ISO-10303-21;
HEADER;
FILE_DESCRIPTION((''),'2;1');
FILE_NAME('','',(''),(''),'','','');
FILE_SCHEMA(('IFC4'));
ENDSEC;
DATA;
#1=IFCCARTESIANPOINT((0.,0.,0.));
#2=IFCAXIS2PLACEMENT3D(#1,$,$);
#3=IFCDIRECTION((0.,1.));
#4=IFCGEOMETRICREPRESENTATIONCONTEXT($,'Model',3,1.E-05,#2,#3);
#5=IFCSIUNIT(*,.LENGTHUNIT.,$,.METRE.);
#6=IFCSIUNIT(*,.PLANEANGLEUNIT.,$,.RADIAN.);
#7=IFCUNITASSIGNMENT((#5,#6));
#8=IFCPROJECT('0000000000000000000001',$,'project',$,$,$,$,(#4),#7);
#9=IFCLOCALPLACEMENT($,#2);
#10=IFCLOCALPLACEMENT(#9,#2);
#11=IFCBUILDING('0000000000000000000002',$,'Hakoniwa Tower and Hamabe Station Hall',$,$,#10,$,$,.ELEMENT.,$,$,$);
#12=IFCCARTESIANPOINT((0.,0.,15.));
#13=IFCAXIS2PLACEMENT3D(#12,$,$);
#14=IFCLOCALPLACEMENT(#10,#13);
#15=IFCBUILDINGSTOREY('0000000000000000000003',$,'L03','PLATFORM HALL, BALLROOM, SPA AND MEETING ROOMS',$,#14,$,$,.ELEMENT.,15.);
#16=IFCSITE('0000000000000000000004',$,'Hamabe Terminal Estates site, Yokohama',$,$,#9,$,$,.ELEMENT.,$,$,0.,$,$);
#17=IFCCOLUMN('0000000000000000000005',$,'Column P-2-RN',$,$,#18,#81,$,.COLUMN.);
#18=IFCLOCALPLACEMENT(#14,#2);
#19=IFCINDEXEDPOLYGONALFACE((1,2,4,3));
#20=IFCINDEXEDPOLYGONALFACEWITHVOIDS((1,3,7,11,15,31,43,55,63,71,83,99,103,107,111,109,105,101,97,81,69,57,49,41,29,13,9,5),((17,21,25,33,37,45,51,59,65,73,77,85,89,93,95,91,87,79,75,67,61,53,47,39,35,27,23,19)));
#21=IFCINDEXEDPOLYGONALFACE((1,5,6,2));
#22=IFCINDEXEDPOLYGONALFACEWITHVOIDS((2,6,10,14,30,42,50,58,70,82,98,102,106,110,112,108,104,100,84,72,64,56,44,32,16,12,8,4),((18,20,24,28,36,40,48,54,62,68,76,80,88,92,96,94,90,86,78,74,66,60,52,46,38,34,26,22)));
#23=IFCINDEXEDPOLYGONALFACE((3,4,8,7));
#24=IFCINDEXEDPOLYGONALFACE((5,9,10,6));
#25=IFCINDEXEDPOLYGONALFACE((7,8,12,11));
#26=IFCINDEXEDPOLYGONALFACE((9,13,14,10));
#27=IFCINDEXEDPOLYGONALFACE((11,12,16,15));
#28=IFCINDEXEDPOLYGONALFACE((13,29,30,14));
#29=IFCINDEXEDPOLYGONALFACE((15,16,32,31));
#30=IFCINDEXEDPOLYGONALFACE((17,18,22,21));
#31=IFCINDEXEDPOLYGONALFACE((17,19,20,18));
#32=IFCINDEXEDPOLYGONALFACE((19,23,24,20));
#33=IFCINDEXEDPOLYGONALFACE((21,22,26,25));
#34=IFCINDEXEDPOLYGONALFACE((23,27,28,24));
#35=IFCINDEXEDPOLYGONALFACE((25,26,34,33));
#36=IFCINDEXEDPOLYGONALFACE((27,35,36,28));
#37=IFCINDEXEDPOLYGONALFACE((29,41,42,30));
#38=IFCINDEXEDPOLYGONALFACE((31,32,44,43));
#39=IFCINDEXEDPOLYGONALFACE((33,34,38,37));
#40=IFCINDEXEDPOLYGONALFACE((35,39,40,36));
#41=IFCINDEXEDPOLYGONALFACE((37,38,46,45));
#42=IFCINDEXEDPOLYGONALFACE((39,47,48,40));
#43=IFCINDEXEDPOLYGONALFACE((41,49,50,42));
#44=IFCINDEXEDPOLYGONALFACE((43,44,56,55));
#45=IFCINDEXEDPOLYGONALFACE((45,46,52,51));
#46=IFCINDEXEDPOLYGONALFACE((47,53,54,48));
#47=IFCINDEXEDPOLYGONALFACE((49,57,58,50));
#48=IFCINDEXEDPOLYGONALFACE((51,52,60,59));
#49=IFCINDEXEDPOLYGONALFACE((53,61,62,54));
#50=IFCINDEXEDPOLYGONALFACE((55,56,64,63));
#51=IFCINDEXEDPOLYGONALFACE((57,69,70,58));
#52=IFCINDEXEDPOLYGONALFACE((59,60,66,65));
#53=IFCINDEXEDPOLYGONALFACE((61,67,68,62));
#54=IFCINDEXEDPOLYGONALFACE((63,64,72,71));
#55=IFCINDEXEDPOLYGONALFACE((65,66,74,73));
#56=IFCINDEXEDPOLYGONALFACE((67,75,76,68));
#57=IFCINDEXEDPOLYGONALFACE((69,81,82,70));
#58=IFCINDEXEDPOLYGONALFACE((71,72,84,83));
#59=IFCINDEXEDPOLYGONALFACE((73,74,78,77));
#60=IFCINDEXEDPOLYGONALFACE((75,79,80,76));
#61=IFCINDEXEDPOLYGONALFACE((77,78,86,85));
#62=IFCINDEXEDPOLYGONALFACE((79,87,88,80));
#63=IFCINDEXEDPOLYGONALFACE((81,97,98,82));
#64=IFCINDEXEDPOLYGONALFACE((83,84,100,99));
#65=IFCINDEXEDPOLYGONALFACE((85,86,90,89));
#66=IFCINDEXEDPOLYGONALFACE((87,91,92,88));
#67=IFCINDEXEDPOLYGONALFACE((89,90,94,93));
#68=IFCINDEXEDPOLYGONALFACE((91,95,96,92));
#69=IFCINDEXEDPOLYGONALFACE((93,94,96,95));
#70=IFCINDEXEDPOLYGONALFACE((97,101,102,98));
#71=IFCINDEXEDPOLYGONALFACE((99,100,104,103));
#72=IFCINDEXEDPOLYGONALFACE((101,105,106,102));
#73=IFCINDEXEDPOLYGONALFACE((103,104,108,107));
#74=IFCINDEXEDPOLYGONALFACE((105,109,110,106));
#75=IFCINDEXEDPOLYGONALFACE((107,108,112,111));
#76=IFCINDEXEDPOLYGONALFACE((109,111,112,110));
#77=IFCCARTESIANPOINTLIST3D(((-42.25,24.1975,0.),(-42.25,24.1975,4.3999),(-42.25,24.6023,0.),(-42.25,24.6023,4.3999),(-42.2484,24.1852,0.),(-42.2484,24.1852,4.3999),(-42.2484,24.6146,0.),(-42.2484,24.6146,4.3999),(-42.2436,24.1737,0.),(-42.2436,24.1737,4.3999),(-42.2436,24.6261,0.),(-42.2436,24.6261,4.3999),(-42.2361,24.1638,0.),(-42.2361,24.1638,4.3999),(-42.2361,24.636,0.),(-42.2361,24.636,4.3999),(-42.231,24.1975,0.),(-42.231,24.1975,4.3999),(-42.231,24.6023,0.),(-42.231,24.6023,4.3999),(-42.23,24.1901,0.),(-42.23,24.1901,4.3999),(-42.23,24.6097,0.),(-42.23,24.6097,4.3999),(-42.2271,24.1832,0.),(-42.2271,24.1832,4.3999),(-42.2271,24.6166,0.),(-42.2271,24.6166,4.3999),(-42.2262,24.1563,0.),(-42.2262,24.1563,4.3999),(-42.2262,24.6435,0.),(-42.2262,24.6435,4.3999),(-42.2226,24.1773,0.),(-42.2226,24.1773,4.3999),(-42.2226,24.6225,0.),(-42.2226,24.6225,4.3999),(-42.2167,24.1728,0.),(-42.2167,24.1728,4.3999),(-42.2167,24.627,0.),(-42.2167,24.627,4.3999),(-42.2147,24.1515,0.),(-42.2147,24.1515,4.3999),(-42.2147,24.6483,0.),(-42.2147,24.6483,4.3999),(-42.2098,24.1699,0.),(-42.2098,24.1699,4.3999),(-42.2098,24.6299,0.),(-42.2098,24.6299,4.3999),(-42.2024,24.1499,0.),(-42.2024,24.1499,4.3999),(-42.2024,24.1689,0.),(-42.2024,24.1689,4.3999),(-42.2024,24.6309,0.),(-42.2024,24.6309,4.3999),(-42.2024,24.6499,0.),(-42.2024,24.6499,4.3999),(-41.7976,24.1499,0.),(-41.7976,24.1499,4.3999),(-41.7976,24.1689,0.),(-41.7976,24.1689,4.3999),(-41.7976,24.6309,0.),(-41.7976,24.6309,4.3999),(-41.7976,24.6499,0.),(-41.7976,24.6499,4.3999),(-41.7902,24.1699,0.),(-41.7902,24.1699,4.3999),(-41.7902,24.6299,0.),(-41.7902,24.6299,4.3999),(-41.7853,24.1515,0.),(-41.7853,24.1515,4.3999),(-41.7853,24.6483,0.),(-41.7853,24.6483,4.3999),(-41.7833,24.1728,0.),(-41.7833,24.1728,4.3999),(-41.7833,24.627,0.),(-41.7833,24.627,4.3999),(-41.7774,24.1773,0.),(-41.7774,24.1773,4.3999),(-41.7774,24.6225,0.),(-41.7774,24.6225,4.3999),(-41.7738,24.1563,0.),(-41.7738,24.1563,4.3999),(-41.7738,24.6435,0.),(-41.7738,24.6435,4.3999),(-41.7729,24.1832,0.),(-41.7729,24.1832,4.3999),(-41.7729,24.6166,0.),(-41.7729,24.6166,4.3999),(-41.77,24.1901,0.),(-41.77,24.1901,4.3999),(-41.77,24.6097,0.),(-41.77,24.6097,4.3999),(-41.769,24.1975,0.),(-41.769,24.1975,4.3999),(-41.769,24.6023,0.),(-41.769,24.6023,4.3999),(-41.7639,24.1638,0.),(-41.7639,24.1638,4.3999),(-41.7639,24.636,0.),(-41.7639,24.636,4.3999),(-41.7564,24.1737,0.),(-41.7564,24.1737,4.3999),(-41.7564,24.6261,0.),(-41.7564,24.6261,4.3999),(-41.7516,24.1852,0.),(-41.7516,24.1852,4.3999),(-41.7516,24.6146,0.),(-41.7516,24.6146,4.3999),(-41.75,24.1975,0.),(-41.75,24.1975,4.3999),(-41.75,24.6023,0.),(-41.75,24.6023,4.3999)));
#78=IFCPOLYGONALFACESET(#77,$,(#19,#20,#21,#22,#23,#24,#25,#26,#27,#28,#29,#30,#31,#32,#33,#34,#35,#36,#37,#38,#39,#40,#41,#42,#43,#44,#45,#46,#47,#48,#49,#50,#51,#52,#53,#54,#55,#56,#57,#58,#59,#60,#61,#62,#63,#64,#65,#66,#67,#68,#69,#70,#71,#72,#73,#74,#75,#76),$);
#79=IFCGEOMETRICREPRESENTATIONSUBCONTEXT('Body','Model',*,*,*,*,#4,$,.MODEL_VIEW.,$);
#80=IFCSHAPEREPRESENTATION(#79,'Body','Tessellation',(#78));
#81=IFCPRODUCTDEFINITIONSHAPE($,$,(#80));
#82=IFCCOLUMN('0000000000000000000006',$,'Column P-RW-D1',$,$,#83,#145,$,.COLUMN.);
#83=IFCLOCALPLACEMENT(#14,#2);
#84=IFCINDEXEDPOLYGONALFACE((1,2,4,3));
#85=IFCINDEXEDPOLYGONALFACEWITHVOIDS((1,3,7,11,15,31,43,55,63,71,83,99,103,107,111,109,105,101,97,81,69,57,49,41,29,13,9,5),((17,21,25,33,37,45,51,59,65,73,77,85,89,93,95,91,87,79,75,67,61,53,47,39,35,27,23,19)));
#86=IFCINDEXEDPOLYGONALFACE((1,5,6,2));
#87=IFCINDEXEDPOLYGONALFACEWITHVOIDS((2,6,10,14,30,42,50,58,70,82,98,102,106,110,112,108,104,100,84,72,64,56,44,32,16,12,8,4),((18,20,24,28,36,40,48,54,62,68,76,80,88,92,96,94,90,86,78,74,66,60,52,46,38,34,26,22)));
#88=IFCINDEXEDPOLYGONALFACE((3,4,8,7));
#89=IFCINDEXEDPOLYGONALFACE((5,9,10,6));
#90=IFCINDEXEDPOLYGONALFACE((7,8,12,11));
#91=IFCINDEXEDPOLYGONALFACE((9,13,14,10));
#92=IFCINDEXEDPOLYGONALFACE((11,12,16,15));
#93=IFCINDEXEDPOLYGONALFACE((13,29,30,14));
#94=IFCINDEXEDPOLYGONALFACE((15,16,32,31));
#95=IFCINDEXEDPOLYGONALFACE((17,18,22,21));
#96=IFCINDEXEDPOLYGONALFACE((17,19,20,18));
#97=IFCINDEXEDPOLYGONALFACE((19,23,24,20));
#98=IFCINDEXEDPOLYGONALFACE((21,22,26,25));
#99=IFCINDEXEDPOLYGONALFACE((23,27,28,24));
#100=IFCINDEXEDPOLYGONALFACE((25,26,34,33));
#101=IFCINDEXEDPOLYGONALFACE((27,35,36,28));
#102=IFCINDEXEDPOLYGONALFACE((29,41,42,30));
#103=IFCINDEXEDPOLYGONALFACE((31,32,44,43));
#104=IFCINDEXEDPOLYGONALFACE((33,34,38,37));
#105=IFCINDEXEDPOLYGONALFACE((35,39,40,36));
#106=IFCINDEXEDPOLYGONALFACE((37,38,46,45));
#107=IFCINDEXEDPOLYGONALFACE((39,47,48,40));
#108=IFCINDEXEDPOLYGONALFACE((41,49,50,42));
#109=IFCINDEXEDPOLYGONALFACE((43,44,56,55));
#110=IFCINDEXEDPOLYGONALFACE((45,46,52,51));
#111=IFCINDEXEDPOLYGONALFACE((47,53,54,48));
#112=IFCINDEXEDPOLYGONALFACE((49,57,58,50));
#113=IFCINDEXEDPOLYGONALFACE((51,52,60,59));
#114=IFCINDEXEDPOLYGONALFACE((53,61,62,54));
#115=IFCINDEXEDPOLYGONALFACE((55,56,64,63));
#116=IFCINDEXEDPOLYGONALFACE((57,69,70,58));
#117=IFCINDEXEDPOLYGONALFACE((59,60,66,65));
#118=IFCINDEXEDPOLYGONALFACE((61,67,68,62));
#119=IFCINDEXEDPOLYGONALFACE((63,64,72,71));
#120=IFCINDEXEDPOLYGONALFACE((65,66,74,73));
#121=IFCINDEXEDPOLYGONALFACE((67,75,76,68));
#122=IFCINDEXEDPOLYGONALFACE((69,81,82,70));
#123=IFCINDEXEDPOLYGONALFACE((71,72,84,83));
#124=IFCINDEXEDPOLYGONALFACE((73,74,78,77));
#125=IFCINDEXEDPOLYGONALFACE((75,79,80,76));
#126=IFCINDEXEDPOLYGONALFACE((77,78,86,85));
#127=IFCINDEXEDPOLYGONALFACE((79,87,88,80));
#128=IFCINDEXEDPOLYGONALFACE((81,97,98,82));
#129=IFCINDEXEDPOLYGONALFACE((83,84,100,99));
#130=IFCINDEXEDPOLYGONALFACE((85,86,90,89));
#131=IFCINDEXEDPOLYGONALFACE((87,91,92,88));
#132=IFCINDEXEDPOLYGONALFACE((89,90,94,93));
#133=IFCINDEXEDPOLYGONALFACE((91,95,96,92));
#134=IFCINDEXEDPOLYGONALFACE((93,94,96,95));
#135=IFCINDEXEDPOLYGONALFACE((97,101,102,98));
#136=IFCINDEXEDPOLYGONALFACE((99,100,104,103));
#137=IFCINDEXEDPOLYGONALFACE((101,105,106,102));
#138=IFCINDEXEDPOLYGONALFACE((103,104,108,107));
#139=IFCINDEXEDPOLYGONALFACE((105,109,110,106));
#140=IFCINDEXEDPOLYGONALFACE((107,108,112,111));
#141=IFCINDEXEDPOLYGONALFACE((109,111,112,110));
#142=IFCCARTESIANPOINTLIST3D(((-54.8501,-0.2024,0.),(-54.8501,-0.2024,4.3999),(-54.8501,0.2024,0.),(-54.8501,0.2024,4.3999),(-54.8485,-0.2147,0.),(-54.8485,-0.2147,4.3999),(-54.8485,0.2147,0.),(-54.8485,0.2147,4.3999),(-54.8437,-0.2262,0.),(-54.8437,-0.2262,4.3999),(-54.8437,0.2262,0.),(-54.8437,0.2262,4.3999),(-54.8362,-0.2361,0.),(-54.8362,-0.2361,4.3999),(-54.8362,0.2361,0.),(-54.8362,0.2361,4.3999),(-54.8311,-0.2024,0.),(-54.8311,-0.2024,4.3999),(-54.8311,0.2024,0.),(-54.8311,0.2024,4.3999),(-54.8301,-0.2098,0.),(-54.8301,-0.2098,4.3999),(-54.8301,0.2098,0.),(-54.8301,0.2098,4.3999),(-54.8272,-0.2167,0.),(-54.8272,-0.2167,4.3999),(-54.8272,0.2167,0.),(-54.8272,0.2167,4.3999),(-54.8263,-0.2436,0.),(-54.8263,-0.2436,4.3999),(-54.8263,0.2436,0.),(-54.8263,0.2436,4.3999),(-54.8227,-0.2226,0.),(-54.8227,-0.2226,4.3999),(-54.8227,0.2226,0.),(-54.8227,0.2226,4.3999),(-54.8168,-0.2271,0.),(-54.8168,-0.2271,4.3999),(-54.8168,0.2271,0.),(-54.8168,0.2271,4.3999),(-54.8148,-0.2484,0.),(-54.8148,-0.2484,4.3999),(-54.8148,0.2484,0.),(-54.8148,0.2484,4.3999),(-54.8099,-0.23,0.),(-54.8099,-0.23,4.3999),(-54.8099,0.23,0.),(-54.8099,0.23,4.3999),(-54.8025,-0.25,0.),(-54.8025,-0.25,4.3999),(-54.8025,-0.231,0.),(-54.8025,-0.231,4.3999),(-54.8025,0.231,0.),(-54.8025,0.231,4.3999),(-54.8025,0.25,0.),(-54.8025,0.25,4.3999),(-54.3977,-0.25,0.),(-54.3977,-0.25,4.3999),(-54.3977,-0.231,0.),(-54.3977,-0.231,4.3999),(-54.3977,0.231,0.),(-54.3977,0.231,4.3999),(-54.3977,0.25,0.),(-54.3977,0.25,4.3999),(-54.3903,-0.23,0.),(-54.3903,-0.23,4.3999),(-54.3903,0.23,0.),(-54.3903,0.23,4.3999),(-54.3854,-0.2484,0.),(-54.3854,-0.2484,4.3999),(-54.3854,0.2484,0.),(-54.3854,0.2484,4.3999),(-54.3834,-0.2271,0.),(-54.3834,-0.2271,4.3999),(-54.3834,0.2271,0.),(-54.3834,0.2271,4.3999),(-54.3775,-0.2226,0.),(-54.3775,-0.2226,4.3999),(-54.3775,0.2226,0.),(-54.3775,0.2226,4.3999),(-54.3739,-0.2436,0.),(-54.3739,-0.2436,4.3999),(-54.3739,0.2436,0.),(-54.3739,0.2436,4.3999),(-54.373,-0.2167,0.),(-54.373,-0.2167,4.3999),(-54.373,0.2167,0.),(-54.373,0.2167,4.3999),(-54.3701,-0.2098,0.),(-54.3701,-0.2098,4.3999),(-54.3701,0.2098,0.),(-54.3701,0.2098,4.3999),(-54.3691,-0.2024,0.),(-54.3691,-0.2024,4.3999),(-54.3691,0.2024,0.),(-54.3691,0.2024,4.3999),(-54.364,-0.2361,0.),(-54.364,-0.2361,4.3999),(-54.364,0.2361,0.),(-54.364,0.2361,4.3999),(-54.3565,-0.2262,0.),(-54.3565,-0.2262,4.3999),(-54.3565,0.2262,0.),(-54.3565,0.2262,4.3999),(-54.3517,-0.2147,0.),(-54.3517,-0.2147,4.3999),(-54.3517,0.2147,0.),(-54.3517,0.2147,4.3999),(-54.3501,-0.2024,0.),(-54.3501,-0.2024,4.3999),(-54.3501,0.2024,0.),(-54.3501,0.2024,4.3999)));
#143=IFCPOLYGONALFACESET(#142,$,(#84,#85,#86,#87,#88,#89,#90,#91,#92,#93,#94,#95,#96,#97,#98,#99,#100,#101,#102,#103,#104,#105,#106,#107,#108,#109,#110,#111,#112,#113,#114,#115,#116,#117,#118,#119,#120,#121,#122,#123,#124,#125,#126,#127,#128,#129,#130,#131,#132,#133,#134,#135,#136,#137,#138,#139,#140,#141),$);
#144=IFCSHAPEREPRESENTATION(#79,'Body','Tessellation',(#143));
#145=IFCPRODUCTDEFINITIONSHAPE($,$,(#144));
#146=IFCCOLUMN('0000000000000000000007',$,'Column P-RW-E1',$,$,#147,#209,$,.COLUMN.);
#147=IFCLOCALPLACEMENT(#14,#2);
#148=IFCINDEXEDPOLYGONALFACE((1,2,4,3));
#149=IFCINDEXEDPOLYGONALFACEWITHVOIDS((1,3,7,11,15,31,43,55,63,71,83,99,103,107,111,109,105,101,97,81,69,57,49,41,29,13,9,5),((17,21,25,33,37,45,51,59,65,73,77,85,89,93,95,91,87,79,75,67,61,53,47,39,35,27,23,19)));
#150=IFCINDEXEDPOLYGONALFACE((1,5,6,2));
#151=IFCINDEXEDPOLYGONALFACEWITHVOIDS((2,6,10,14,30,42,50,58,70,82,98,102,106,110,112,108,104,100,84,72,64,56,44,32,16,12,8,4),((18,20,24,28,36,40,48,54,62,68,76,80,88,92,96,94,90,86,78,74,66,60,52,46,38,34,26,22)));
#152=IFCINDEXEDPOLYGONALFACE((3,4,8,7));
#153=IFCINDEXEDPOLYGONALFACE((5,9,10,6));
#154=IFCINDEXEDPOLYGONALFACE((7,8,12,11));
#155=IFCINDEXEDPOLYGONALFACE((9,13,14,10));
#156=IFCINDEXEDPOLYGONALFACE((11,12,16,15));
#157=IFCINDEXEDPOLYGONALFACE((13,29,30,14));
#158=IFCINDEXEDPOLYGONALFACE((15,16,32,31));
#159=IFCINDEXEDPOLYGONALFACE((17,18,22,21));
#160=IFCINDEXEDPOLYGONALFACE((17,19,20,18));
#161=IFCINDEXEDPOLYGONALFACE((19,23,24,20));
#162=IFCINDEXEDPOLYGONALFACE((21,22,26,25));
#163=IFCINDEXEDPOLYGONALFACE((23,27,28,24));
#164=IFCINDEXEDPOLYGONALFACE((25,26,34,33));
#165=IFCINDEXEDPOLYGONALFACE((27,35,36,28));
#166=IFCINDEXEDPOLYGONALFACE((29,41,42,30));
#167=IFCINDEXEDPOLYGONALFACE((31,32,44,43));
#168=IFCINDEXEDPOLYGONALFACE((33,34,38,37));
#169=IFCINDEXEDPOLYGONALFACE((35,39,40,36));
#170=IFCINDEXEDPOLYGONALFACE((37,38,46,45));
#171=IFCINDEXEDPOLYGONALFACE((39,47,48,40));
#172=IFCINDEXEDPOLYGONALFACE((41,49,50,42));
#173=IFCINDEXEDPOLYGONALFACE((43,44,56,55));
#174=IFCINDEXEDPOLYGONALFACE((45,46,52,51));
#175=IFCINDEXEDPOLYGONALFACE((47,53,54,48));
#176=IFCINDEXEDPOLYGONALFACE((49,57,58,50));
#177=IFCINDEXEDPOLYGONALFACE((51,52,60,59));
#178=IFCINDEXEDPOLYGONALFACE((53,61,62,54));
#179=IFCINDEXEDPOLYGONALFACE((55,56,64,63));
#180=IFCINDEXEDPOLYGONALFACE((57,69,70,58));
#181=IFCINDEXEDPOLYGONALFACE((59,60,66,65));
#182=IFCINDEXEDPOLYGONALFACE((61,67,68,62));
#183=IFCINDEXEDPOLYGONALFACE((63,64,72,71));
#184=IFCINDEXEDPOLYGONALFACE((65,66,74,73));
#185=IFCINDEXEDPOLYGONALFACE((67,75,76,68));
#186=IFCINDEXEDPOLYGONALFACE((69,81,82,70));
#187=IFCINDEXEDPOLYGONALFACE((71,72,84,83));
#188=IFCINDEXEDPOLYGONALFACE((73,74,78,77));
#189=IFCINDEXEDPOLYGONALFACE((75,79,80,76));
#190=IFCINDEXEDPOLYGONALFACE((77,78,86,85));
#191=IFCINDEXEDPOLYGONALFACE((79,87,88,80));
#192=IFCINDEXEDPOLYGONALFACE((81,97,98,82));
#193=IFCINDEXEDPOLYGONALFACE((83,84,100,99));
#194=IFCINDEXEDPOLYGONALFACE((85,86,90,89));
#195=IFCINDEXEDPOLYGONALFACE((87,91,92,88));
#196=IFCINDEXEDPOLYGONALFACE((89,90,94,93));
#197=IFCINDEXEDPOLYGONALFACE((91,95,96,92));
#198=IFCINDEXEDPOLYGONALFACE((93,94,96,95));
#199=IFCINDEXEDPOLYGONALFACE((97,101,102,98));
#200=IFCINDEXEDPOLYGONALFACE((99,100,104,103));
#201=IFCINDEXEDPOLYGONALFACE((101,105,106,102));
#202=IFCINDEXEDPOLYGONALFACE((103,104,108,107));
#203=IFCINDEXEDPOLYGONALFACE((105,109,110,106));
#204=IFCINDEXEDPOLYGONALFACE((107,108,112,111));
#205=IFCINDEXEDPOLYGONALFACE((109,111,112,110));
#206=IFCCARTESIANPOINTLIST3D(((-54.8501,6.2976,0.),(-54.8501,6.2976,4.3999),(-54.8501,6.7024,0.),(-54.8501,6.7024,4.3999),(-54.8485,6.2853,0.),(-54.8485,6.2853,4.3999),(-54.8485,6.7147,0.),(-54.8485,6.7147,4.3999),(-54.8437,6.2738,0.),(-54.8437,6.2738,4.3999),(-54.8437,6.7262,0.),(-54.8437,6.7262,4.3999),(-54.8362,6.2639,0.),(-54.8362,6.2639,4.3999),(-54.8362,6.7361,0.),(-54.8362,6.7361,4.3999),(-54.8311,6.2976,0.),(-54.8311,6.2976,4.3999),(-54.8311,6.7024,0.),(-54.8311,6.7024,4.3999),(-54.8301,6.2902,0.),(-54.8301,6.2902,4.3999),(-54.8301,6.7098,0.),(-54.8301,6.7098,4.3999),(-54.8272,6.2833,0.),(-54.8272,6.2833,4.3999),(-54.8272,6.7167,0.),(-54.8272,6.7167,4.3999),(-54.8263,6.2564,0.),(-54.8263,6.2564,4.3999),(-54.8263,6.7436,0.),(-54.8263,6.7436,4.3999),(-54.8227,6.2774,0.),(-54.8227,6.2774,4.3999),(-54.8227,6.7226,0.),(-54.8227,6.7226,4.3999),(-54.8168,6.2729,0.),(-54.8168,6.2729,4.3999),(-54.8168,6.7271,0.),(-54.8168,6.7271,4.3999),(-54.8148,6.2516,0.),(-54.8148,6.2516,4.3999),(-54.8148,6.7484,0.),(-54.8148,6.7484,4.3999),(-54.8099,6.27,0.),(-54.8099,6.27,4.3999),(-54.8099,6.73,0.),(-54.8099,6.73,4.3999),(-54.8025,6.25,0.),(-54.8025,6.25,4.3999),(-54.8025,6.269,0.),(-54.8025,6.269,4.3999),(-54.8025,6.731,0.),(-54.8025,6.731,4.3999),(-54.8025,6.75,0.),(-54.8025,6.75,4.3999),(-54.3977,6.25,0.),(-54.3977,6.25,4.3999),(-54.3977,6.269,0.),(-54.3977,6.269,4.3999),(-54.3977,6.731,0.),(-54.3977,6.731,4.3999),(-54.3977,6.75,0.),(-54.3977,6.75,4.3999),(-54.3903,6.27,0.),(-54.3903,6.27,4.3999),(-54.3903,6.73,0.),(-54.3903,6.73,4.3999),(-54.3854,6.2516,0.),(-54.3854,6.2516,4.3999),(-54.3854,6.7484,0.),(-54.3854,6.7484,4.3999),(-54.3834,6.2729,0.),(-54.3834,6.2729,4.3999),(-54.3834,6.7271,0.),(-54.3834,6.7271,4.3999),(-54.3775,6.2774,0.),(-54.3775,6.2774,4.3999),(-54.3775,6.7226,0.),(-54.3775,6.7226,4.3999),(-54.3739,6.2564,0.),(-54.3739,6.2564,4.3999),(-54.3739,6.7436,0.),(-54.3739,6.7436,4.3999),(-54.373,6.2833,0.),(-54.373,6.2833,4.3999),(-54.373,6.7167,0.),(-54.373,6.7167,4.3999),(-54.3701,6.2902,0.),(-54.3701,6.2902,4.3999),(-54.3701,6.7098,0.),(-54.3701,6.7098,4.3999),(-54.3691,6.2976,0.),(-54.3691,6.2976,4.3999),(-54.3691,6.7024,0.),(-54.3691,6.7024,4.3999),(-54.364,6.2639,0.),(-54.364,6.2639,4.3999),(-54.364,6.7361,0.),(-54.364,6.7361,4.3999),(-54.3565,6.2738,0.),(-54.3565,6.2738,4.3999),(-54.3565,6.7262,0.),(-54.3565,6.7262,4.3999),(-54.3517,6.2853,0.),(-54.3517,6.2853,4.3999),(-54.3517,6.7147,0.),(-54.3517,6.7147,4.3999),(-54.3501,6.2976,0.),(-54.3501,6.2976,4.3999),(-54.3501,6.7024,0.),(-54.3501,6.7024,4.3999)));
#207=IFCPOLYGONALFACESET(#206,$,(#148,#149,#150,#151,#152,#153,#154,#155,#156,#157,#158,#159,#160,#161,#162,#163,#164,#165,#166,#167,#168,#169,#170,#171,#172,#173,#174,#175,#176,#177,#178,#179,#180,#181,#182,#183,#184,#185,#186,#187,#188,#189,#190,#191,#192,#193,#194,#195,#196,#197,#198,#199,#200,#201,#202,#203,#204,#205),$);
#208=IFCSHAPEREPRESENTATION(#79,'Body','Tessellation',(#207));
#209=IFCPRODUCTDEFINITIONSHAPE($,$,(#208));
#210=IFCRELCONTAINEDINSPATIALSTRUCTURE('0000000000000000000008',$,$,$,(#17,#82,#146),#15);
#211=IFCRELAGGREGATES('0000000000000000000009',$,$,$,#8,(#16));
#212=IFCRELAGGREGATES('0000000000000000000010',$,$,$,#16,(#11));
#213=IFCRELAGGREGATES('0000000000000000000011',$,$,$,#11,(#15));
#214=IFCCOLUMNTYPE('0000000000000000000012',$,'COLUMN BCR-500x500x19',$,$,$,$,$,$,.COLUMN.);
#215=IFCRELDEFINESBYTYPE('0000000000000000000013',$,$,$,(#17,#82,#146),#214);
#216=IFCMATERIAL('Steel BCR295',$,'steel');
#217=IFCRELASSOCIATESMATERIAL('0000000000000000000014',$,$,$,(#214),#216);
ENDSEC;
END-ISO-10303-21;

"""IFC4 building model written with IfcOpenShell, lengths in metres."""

from ifc_helpers import new_model, si_unit, direction, frame, origin, origin_2d, place, context, subcontext, project, spatial, hollow_rectangle, extrude, material, material_profile, profile_set, type_object, element, save


model = new_model("IFC4")

# Units and contexts
model_context = context("Model", 3, precision=1e-05, world=origin(), true_north=direction((0.0, 1.0)))
body_context = subcontext(model_context, "Body", "Model", "MODEL_VIEW")
ifc_project = project(units=[si_unit("LENGTHUNIT", "METRE"), si_unit("PLANEANGLEUNIT", "RADIAN")], contexts=[model_context])

# Site, building, storey
site_placement = place(None, origin())
site = spatial("IfcSite", under=ifc_project, at=site_placement, Name="Hamabe Terminal Estates site, Yokohama", CompositionType="ELEMENT", RefElevation=0.0)
building_placement = place(site_placement, origin())
building = spatial("IfcBuilding", under=site, at=building_placement, Name="Hakoniwa Tower and Hamabe Station Hall", CompositionType="ELEMENT")
storey_placement = place(building_placement, frame((0.0, 0.0, 15.0)))
storey = spatial("IfcBuildingStorey", under=building, at=storey_placement, Name="L03", Description="PLATFORM HALL, BALLROOM, SPA AND MEETING ROOMS", CompositionType="ELEMENT", Elevation=15.0)

# Columns
ifc_material_1 = material(Name="Steel BCR295", Category="steel")
ifc_material_profile_1 = material_profile(ifc_material_1, hollow_rectangle(XDim=0.5, YDim=0.5, WallThickness=0.019, InnerFilletRadius=0.0286, OuterFilletRadius=0.0476, at=origin_2d()), Name="BCR-500x500x19")
ifc_profile_set_1 = profile_set([ifc_material_profile_1], Name="Steel BCR295")
column_type_1 = type_object("IfcColumnType", Name="COLUMN BCR-500x500x19", PredefinedType="COLUMN", material=ifc_profile_set_1)
for number, where, z_axis, x_axis, name in (
    (1, (-42.0, 24.3999, 0.0), (0.0, 0.0, 1.0), (1.0, 0.0, 0.0), "Column P-2-RN"),
    (2, (-54.6001, 0.0, 0.0), (0.0, 0.0, 1.0), (1.0, 0.0, 0.0), "Column P-RW-D1"),
    (3, (-54.6001, 6.5, 0.0), (0.0, 0.0, 1.0), (1.0, 0.0, 0.0), "Column P-RW-E1"),
):
    element("IfcColumn", number, at=place(storey_placement, frame(where, z_axis=z_axis, x_axis=x_axis)), inside=storey, type_object=column_type_1, Name=name, PredefinedType="COLUMN", context=body_context, shape_type="SweptSolid", body=[
        extrude(hollow_rectangle(XDim=0.5, YDim=0.5, WallThickness=0.019, InnerFilletRadius=0.0286, OuterFilletRadius=0.0476, at=origin_2d()), origin(), (0.0, 0.0, 1.0), 4.3999),
    ])

save(model, "model.ifc")
